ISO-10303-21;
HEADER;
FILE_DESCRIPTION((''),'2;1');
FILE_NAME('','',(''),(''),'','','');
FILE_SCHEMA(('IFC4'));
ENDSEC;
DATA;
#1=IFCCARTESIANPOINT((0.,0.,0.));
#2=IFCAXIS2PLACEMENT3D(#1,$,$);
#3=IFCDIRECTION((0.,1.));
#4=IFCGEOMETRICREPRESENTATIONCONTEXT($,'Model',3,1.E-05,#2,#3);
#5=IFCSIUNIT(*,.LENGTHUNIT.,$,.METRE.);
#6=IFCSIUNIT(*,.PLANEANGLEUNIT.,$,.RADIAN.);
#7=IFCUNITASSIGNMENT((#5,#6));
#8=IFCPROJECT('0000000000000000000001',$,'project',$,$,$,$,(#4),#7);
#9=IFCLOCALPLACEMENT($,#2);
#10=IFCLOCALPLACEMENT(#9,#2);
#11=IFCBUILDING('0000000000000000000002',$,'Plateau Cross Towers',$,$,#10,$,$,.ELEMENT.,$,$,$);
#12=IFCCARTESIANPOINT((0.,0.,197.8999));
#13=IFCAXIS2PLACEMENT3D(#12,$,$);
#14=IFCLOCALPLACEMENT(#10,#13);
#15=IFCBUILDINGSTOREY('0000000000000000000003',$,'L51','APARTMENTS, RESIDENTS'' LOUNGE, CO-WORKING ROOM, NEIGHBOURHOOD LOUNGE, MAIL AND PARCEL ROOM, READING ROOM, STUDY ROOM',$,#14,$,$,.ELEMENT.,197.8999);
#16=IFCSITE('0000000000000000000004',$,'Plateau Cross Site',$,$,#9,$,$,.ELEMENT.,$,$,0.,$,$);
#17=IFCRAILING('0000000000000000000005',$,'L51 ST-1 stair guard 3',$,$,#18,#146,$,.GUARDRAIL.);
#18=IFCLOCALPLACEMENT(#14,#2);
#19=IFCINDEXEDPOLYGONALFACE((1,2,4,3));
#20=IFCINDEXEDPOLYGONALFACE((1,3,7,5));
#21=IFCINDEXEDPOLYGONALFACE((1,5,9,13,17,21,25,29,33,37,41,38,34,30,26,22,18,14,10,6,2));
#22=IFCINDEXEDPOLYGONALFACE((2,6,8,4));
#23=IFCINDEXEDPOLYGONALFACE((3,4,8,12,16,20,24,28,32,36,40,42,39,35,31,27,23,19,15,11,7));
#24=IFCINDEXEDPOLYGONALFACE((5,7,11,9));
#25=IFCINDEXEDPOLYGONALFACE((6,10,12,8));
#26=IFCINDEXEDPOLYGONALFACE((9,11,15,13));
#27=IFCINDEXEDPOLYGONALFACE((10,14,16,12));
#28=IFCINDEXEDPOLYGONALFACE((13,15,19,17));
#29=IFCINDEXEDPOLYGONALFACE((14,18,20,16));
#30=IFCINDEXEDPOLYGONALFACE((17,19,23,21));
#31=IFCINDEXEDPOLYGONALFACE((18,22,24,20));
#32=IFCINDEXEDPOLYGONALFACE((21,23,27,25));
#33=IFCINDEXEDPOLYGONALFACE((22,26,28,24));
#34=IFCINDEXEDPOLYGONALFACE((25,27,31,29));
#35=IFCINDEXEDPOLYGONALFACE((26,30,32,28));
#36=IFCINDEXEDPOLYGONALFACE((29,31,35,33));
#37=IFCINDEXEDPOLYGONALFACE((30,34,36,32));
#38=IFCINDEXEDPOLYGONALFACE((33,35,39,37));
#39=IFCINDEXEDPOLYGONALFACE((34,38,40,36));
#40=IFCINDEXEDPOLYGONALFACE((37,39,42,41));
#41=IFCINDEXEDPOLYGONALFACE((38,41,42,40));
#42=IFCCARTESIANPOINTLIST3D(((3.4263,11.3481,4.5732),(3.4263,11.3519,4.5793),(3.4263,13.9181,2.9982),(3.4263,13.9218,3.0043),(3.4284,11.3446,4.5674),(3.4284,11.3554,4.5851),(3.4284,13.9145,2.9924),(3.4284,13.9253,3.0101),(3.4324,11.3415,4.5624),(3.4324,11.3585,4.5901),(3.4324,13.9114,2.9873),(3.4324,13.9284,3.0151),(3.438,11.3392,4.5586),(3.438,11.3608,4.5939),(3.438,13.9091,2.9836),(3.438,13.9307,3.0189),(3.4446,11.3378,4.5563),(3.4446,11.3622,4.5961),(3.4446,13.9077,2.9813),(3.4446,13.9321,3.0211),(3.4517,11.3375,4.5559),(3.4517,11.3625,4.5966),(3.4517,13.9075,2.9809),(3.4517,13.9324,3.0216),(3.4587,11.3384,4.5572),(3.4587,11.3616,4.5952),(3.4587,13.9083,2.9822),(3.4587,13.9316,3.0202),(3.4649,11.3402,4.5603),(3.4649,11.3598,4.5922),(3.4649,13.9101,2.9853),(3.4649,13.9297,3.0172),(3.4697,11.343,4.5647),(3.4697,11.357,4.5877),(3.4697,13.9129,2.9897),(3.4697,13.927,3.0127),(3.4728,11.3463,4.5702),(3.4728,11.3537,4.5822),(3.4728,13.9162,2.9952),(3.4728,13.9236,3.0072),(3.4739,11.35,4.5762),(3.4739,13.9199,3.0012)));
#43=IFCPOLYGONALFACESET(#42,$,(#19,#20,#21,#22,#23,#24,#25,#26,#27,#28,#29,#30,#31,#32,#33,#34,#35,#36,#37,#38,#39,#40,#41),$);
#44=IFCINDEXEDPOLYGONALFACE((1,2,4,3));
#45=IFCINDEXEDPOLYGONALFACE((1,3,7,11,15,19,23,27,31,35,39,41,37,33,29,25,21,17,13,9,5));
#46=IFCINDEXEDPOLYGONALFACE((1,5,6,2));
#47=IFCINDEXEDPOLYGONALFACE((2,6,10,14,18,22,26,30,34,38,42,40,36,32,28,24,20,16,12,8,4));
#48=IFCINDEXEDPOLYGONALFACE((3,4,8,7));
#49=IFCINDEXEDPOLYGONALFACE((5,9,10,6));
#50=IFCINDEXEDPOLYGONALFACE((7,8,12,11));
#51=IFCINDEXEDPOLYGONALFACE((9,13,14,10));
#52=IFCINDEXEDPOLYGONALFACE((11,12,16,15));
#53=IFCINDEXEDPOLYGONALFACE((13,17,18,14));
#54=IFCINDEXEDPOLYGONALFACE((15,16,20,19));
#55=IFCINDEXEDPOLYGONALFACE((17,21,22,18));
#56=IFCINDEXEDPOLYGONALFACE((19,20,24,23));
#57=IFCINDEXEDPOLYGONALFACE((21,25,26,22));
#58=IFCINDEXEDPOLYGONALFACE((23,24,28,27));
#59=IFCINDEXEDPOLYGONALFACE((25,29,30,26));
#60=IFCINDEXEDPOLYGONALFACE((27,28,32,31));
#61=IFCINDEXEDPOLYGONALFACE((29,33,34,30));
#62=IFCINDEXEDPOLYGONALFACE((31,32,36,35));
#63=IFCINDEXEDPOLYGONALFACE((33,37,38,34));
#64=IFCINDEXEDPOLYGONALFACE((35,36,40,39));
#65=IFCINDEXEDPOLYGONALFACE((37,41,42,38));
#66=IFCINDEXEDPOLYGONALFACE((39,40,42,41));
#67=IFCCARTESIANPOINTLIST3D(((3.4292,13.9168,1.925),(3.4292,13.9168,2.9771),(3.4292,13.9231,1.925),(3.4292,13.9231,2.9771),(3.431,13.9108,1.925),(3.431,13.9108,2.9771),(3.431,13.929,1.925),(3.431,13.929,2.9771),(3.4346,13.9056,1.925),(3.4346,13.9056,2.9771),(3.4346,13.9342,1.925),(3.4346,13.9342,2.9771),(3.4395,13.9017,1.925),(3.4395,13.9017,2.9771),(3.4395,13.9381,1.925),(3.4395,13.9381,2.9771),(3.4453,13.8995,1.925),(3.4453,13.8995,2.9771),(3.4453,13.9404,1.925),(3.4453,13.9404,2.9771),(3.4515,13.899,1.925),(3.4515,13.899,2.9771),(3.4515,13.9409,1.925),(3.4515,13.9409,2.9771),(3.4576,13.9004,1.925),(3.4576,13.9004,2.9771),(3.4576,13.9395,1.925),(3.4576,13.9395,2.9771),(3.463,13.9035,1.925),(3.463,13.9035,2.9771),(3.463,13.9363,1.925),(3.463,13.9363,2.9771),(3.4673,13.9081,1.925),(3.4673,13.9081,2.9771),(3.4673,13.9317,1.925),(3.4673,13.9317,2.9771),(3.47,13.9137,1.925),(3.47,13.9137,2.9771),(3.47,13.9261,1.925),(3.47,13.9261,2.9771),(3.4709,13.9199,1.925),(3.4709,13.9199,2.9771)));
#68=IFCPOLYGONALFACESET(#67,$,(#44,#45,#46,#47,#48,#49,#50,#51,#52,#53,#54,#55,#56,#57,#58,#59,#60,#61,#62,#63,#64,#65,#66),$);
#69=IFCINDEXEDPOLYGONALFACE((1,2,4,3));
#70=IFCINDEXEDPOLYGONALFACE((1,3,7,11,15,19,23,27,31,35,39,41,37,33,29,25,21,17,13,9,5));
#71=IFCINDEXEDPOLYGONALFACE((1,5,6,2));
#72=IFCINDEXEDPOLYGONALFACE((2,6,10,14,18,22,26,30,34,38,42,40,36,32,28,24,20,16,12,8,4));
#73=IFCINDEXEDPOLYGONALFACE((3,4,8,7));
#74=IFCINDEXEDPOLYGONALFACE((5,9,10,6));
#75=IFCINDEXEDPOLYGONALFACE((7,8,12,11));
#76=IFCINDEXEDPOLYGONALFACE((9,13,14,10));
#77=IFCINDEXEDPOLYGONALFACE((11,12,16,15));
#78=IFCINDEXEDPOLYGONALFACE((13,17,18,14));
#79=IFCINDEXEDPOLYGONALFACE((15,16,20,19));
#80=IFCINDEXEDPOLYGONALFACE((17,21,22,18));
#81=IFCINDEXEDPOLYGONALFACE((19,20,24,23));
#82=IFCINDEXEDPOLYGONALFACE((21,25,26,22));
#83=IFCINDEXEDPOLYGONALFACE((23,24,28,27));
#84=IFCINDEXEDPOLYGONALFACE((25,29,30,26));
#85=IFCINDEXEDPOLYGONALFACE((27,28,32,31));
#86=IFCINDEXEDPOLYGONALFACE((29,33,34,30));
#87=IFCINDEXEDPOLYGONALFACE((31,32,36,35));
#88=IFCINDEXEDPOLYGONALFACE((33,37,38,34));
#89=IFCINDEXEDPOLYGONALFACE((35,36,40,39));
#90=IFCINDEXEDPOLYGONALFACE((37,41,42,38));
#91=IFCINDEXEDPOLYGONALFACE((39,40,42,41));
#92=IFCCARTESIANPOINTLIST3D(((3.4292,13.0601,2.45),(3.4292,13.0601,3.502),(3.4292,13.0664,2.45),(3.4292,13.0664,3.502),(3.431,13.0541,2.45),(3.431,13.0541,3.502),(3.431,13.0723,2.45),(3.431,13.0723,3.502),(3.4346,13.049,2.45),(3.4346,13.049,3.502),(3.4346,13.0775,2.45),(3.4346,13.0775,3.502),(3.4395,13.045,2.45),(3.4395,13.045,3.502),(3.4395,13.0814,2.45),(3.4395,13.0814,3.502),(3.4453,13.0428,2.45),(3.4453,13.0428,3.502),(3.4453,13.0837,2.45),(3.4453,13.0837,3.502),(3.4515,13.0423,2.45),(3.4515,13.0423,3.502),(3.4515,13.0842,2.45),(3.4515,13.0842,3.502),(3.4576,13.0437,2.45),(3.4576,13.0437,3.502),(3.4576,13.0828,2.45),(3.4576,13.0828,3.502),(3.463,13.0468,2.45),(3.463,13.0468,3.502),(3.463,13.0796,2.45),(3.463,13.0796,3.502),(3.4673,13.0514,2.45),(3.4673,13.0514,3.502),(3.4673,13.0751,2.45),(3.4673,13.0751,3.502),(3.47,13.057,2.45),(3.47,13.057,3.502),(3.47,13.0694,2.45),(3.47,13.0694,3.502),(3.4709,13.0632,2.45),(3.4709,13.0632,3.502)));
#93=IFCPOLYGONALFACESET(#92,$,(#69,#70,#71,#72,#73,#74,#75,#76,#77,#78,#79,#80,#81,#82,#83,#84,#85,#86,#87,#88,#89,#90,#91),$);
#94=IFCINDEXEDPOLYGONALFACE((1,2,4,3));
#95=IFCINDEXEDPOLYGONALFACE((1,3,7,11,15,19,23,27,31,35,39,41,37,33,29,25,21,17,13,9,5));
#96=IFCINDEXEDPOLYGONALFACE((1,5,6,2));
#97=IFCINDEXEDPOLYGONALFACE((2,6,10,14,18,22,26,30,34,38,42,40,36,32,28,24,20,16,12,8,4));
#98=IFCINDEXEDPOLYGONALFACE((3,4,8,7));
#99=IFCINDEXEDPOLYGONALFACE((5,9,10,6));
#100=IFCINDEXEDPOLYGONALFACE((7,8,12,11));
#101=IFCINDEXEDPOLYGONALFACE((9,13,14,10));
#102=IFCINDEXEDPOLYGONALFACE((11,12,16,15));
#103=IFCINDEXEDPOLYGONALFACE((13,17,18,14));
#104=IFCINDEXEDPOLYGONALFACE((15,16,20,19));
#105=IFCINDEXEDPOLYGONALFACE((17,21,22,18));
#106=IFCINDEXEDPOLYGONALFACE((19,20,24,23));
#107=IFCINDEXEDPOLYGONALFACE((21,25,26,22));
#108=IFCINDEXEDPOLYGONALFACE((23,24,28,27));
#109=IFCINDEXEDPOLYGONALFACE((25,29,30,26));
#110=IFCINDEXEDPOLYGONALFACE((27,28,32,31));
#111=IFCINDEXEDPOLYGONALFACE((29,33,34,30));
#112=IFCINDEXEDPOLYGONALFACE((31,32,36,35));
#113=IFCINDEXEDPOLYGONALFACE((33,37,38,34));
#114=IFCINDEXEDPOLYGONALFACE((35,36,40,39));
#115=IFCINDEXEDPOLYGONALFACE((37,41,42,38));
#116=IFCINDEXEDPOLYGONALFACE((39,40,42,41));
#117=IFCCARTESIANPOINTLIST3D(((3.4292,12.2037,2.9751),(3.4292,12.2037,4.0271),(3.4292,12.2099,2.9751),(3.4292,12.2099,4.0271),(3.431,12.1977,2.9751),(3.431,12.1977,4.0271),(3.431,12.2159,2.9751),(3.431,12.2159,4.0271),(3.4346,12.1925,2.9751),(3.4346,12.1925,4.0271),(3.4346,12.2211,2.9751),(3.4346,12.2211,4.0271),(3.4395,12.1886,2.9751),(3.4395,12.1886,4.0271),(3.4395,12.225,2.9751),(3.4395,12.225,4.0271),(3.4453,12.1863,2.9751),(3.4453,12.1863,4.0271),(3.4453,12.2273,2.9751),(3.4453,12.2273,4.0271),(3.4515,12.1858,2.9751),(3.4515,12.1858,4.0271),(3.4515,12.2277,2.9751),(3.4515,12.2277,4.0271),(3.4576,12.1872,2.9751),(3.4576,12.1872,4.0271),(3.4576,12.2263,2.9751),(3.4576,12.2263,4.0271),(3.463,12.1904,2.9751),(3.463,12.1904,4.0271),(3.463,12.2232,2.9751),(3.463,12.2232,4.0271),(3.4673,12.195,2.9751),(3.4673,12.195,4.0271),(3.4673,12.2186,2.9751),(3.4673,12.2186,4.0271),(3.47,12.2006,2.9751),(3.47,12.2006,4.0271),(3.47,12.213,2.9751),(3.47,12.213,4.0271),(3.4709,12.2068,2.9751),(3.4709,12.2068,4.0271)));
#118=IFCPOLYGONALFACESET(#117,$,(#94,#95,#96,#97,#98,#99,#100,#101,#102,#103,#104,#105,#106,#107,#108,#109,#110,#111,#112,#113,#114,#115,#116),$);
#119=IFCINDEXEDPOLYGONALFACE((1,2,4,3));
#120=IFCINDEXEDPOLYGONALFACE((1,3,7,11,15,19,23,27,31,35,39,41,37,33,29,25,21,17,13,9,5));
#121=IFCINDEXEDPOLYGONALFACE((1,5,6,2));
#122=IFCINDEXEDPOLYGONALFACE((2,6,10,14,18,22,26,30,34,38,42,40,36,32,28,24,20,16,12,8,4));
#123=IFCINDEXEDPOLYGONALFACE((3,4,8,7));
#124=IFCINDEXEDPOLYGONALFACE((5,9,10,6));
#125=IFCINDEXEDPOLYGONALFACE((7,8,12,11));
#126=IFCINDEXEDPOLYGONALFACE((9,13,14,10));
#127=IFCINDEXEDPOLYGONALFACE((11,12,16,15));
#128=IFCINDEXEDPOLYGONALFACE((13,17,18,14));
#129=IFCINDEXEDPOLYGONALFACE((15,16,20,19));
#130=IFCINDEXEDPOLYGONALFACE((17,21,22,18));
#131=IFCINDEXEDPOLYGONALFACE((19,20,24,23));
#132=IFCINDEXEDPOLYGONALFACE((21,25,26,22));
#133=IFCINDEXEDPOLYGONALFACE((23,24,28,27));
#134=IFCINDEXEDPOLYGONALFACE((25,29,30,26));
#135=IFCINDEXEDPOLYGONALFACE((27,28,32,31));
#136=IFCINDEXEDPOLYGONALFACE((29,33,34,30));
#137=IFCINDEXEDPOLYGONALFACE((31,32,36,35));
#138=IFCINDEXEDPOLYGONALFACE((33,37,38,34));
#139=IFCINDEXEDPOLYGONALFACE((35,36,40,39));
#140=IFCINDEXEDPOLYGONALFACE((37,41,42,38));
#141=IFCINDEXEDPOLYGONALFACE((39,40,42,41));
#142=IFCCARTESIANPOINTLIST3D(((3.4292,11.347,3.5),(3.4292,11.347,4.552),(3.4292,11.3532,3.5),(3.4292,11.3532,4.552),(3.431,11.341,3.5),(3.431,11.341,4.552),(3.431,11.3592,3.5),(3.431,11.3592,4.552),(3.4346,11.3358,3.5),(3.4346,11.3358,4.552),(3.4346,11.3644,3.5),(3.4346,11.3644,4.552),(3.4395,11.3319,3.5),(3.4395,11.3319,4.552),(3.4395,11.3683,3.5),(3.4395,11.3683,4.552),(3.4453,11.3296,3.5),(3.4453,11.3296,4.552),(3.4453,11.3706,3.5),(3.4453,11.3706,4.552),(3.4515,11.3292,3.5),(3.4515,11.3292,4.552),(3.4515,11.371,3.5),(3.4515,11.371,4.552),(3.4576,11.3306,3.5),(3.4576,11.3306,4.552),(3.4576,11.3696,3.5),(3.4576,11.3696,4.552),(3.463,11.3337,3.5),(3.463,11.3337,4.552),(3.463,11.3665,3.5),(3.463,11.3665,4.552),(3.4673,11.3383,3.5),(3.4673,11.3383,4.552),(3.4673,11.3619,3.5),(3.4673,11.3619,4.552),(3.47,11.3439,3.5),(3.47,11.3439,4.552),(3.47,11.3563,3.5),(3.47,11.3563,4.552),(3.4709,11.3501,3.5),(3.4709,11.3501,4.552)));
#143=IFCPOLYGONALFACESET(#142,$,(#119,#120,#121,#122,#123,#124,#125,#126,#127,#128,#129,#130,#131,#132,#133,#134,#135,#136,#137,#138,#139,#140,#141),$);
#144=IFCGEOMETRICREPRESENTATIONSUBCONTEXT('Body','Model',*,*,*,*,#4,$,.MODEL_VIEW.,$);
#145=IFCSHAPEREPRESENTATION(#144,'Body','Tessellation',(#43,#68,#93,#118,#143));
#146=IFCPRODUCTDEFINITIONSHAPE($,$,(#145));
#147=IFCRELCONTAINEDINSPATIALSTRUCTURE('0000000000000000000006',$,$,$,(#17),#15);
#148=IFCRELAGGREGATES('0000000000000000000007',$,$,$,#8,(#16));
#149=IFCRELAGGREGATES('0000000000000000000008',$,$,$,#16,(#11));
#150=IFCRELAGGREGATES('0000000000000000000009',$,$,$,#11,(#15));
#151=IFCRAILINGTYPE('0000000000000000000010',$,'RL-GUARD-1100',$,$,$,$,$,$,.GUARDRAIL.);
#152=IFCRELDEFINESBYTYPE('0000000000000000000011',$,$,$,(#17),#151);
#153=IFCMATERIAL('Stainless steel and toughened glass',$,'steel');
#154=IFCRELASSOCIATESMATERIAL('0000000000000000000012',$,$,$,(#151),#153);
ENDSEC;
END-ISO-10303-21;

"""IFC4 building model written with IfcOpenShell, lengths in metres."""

from ifc_helpers import new_model, si_unit, direction, frame, origin, origin_2d, place, context, subcontext, project, spatial, circle, extrude, material, type_object, element, save


model = new_model("IFC4")

# Units and contexts
model_context = context("Model", 3, precision=1e-05, world=origin(), true_north=direction((0.0, 1.0)))
body_context = subcontext(model_context, "Body", "Model", "MODEL_VIEW")
ifc_project = project(units=[si_unit("LENGTHUNIT", "METRE"), si_unit("PLANEANGLEUNIT", "RADIAN")], contexts=[model_context])

# Site, building, storey
site_placement = place(None, origin())
site = spatial("IfcSite", under=ifc_project, at=site_placement, Name="Plateau Cross Site", CompositionType="ELEMENT", RefElevation=0.0)
building_placement = place(site_placement, origin())
building = spatial("IfcBuilding", under=site, at=building_placement, Name="Plateau Cross Towers", CompositionType="ELEMENT")
storey_placement = place(building_placement, frame((0.0, 0.0, 197.8999)))
storey = spatial("IfcBuildingStorey", under=building, at=storey_placement, Name="L51", Description="APARTMENTS, RESIDENTS' LOUNGE, CO-WORKING ROOM, NEIGHBOURHOOD LOUNGE, MAIL AND PARCEL ROOM, READING ROOM, STUDY ROOM", CompositionType="ELEMENT", Elevation=197.8999)

# Railing
ifc_material_1 = material(Name="Stainless steel and toughened glass", Category="steel")
railing_type = type_object("IfcRailingType", Name="RL-GUARD-1100", PredefinedType="GUARDRAIL", material=ifc_material_1)
railing_1_placement = place(storey_placement, frame((3.45, 13.9199, 1.925)))
element("IfcRailing", 1, at=railing_1_placement, inside=storey, type_object=railing_type, Name="L51 ST-1 stair guard 3", PredefinedType="GUARDRAIL", context=body_context, shape_type="SweptSolid", body=[
    extrude(circle(Radius=0.0239, at=origin_2d()), frame((0.0, 0.0, 1.0762), z_axis=(0.0, -0.852616, 0.522537), x_axis=(1.0, 0.0, 0.0)), (0.0, 0.0, 1.0), 3.0142),
    extrude(circle(Radius=0.021, at=origin_2d()), origin(), (0.0, 0.0, 1.0), 1.052),
    extrude(circle(Radius=0.021, at=origin_2d()), frame((0.0, -0.8567, 0.5249)), (0.0, 0.0, 1.0), 1.052),
    extrude(circle(Radius=0.021, at=origin_2d()), frame((0.0, -1.7131, 1.05)), (0.0, 0.0, 1.0), 1.052),
    extrude(circle(Radius=0.021, at=origin_2d()), frame((0.0, -2.5698, 1.575)), (0.0, 0.0, 1.0), 1.052),
])

save(model, "model.ifc")
